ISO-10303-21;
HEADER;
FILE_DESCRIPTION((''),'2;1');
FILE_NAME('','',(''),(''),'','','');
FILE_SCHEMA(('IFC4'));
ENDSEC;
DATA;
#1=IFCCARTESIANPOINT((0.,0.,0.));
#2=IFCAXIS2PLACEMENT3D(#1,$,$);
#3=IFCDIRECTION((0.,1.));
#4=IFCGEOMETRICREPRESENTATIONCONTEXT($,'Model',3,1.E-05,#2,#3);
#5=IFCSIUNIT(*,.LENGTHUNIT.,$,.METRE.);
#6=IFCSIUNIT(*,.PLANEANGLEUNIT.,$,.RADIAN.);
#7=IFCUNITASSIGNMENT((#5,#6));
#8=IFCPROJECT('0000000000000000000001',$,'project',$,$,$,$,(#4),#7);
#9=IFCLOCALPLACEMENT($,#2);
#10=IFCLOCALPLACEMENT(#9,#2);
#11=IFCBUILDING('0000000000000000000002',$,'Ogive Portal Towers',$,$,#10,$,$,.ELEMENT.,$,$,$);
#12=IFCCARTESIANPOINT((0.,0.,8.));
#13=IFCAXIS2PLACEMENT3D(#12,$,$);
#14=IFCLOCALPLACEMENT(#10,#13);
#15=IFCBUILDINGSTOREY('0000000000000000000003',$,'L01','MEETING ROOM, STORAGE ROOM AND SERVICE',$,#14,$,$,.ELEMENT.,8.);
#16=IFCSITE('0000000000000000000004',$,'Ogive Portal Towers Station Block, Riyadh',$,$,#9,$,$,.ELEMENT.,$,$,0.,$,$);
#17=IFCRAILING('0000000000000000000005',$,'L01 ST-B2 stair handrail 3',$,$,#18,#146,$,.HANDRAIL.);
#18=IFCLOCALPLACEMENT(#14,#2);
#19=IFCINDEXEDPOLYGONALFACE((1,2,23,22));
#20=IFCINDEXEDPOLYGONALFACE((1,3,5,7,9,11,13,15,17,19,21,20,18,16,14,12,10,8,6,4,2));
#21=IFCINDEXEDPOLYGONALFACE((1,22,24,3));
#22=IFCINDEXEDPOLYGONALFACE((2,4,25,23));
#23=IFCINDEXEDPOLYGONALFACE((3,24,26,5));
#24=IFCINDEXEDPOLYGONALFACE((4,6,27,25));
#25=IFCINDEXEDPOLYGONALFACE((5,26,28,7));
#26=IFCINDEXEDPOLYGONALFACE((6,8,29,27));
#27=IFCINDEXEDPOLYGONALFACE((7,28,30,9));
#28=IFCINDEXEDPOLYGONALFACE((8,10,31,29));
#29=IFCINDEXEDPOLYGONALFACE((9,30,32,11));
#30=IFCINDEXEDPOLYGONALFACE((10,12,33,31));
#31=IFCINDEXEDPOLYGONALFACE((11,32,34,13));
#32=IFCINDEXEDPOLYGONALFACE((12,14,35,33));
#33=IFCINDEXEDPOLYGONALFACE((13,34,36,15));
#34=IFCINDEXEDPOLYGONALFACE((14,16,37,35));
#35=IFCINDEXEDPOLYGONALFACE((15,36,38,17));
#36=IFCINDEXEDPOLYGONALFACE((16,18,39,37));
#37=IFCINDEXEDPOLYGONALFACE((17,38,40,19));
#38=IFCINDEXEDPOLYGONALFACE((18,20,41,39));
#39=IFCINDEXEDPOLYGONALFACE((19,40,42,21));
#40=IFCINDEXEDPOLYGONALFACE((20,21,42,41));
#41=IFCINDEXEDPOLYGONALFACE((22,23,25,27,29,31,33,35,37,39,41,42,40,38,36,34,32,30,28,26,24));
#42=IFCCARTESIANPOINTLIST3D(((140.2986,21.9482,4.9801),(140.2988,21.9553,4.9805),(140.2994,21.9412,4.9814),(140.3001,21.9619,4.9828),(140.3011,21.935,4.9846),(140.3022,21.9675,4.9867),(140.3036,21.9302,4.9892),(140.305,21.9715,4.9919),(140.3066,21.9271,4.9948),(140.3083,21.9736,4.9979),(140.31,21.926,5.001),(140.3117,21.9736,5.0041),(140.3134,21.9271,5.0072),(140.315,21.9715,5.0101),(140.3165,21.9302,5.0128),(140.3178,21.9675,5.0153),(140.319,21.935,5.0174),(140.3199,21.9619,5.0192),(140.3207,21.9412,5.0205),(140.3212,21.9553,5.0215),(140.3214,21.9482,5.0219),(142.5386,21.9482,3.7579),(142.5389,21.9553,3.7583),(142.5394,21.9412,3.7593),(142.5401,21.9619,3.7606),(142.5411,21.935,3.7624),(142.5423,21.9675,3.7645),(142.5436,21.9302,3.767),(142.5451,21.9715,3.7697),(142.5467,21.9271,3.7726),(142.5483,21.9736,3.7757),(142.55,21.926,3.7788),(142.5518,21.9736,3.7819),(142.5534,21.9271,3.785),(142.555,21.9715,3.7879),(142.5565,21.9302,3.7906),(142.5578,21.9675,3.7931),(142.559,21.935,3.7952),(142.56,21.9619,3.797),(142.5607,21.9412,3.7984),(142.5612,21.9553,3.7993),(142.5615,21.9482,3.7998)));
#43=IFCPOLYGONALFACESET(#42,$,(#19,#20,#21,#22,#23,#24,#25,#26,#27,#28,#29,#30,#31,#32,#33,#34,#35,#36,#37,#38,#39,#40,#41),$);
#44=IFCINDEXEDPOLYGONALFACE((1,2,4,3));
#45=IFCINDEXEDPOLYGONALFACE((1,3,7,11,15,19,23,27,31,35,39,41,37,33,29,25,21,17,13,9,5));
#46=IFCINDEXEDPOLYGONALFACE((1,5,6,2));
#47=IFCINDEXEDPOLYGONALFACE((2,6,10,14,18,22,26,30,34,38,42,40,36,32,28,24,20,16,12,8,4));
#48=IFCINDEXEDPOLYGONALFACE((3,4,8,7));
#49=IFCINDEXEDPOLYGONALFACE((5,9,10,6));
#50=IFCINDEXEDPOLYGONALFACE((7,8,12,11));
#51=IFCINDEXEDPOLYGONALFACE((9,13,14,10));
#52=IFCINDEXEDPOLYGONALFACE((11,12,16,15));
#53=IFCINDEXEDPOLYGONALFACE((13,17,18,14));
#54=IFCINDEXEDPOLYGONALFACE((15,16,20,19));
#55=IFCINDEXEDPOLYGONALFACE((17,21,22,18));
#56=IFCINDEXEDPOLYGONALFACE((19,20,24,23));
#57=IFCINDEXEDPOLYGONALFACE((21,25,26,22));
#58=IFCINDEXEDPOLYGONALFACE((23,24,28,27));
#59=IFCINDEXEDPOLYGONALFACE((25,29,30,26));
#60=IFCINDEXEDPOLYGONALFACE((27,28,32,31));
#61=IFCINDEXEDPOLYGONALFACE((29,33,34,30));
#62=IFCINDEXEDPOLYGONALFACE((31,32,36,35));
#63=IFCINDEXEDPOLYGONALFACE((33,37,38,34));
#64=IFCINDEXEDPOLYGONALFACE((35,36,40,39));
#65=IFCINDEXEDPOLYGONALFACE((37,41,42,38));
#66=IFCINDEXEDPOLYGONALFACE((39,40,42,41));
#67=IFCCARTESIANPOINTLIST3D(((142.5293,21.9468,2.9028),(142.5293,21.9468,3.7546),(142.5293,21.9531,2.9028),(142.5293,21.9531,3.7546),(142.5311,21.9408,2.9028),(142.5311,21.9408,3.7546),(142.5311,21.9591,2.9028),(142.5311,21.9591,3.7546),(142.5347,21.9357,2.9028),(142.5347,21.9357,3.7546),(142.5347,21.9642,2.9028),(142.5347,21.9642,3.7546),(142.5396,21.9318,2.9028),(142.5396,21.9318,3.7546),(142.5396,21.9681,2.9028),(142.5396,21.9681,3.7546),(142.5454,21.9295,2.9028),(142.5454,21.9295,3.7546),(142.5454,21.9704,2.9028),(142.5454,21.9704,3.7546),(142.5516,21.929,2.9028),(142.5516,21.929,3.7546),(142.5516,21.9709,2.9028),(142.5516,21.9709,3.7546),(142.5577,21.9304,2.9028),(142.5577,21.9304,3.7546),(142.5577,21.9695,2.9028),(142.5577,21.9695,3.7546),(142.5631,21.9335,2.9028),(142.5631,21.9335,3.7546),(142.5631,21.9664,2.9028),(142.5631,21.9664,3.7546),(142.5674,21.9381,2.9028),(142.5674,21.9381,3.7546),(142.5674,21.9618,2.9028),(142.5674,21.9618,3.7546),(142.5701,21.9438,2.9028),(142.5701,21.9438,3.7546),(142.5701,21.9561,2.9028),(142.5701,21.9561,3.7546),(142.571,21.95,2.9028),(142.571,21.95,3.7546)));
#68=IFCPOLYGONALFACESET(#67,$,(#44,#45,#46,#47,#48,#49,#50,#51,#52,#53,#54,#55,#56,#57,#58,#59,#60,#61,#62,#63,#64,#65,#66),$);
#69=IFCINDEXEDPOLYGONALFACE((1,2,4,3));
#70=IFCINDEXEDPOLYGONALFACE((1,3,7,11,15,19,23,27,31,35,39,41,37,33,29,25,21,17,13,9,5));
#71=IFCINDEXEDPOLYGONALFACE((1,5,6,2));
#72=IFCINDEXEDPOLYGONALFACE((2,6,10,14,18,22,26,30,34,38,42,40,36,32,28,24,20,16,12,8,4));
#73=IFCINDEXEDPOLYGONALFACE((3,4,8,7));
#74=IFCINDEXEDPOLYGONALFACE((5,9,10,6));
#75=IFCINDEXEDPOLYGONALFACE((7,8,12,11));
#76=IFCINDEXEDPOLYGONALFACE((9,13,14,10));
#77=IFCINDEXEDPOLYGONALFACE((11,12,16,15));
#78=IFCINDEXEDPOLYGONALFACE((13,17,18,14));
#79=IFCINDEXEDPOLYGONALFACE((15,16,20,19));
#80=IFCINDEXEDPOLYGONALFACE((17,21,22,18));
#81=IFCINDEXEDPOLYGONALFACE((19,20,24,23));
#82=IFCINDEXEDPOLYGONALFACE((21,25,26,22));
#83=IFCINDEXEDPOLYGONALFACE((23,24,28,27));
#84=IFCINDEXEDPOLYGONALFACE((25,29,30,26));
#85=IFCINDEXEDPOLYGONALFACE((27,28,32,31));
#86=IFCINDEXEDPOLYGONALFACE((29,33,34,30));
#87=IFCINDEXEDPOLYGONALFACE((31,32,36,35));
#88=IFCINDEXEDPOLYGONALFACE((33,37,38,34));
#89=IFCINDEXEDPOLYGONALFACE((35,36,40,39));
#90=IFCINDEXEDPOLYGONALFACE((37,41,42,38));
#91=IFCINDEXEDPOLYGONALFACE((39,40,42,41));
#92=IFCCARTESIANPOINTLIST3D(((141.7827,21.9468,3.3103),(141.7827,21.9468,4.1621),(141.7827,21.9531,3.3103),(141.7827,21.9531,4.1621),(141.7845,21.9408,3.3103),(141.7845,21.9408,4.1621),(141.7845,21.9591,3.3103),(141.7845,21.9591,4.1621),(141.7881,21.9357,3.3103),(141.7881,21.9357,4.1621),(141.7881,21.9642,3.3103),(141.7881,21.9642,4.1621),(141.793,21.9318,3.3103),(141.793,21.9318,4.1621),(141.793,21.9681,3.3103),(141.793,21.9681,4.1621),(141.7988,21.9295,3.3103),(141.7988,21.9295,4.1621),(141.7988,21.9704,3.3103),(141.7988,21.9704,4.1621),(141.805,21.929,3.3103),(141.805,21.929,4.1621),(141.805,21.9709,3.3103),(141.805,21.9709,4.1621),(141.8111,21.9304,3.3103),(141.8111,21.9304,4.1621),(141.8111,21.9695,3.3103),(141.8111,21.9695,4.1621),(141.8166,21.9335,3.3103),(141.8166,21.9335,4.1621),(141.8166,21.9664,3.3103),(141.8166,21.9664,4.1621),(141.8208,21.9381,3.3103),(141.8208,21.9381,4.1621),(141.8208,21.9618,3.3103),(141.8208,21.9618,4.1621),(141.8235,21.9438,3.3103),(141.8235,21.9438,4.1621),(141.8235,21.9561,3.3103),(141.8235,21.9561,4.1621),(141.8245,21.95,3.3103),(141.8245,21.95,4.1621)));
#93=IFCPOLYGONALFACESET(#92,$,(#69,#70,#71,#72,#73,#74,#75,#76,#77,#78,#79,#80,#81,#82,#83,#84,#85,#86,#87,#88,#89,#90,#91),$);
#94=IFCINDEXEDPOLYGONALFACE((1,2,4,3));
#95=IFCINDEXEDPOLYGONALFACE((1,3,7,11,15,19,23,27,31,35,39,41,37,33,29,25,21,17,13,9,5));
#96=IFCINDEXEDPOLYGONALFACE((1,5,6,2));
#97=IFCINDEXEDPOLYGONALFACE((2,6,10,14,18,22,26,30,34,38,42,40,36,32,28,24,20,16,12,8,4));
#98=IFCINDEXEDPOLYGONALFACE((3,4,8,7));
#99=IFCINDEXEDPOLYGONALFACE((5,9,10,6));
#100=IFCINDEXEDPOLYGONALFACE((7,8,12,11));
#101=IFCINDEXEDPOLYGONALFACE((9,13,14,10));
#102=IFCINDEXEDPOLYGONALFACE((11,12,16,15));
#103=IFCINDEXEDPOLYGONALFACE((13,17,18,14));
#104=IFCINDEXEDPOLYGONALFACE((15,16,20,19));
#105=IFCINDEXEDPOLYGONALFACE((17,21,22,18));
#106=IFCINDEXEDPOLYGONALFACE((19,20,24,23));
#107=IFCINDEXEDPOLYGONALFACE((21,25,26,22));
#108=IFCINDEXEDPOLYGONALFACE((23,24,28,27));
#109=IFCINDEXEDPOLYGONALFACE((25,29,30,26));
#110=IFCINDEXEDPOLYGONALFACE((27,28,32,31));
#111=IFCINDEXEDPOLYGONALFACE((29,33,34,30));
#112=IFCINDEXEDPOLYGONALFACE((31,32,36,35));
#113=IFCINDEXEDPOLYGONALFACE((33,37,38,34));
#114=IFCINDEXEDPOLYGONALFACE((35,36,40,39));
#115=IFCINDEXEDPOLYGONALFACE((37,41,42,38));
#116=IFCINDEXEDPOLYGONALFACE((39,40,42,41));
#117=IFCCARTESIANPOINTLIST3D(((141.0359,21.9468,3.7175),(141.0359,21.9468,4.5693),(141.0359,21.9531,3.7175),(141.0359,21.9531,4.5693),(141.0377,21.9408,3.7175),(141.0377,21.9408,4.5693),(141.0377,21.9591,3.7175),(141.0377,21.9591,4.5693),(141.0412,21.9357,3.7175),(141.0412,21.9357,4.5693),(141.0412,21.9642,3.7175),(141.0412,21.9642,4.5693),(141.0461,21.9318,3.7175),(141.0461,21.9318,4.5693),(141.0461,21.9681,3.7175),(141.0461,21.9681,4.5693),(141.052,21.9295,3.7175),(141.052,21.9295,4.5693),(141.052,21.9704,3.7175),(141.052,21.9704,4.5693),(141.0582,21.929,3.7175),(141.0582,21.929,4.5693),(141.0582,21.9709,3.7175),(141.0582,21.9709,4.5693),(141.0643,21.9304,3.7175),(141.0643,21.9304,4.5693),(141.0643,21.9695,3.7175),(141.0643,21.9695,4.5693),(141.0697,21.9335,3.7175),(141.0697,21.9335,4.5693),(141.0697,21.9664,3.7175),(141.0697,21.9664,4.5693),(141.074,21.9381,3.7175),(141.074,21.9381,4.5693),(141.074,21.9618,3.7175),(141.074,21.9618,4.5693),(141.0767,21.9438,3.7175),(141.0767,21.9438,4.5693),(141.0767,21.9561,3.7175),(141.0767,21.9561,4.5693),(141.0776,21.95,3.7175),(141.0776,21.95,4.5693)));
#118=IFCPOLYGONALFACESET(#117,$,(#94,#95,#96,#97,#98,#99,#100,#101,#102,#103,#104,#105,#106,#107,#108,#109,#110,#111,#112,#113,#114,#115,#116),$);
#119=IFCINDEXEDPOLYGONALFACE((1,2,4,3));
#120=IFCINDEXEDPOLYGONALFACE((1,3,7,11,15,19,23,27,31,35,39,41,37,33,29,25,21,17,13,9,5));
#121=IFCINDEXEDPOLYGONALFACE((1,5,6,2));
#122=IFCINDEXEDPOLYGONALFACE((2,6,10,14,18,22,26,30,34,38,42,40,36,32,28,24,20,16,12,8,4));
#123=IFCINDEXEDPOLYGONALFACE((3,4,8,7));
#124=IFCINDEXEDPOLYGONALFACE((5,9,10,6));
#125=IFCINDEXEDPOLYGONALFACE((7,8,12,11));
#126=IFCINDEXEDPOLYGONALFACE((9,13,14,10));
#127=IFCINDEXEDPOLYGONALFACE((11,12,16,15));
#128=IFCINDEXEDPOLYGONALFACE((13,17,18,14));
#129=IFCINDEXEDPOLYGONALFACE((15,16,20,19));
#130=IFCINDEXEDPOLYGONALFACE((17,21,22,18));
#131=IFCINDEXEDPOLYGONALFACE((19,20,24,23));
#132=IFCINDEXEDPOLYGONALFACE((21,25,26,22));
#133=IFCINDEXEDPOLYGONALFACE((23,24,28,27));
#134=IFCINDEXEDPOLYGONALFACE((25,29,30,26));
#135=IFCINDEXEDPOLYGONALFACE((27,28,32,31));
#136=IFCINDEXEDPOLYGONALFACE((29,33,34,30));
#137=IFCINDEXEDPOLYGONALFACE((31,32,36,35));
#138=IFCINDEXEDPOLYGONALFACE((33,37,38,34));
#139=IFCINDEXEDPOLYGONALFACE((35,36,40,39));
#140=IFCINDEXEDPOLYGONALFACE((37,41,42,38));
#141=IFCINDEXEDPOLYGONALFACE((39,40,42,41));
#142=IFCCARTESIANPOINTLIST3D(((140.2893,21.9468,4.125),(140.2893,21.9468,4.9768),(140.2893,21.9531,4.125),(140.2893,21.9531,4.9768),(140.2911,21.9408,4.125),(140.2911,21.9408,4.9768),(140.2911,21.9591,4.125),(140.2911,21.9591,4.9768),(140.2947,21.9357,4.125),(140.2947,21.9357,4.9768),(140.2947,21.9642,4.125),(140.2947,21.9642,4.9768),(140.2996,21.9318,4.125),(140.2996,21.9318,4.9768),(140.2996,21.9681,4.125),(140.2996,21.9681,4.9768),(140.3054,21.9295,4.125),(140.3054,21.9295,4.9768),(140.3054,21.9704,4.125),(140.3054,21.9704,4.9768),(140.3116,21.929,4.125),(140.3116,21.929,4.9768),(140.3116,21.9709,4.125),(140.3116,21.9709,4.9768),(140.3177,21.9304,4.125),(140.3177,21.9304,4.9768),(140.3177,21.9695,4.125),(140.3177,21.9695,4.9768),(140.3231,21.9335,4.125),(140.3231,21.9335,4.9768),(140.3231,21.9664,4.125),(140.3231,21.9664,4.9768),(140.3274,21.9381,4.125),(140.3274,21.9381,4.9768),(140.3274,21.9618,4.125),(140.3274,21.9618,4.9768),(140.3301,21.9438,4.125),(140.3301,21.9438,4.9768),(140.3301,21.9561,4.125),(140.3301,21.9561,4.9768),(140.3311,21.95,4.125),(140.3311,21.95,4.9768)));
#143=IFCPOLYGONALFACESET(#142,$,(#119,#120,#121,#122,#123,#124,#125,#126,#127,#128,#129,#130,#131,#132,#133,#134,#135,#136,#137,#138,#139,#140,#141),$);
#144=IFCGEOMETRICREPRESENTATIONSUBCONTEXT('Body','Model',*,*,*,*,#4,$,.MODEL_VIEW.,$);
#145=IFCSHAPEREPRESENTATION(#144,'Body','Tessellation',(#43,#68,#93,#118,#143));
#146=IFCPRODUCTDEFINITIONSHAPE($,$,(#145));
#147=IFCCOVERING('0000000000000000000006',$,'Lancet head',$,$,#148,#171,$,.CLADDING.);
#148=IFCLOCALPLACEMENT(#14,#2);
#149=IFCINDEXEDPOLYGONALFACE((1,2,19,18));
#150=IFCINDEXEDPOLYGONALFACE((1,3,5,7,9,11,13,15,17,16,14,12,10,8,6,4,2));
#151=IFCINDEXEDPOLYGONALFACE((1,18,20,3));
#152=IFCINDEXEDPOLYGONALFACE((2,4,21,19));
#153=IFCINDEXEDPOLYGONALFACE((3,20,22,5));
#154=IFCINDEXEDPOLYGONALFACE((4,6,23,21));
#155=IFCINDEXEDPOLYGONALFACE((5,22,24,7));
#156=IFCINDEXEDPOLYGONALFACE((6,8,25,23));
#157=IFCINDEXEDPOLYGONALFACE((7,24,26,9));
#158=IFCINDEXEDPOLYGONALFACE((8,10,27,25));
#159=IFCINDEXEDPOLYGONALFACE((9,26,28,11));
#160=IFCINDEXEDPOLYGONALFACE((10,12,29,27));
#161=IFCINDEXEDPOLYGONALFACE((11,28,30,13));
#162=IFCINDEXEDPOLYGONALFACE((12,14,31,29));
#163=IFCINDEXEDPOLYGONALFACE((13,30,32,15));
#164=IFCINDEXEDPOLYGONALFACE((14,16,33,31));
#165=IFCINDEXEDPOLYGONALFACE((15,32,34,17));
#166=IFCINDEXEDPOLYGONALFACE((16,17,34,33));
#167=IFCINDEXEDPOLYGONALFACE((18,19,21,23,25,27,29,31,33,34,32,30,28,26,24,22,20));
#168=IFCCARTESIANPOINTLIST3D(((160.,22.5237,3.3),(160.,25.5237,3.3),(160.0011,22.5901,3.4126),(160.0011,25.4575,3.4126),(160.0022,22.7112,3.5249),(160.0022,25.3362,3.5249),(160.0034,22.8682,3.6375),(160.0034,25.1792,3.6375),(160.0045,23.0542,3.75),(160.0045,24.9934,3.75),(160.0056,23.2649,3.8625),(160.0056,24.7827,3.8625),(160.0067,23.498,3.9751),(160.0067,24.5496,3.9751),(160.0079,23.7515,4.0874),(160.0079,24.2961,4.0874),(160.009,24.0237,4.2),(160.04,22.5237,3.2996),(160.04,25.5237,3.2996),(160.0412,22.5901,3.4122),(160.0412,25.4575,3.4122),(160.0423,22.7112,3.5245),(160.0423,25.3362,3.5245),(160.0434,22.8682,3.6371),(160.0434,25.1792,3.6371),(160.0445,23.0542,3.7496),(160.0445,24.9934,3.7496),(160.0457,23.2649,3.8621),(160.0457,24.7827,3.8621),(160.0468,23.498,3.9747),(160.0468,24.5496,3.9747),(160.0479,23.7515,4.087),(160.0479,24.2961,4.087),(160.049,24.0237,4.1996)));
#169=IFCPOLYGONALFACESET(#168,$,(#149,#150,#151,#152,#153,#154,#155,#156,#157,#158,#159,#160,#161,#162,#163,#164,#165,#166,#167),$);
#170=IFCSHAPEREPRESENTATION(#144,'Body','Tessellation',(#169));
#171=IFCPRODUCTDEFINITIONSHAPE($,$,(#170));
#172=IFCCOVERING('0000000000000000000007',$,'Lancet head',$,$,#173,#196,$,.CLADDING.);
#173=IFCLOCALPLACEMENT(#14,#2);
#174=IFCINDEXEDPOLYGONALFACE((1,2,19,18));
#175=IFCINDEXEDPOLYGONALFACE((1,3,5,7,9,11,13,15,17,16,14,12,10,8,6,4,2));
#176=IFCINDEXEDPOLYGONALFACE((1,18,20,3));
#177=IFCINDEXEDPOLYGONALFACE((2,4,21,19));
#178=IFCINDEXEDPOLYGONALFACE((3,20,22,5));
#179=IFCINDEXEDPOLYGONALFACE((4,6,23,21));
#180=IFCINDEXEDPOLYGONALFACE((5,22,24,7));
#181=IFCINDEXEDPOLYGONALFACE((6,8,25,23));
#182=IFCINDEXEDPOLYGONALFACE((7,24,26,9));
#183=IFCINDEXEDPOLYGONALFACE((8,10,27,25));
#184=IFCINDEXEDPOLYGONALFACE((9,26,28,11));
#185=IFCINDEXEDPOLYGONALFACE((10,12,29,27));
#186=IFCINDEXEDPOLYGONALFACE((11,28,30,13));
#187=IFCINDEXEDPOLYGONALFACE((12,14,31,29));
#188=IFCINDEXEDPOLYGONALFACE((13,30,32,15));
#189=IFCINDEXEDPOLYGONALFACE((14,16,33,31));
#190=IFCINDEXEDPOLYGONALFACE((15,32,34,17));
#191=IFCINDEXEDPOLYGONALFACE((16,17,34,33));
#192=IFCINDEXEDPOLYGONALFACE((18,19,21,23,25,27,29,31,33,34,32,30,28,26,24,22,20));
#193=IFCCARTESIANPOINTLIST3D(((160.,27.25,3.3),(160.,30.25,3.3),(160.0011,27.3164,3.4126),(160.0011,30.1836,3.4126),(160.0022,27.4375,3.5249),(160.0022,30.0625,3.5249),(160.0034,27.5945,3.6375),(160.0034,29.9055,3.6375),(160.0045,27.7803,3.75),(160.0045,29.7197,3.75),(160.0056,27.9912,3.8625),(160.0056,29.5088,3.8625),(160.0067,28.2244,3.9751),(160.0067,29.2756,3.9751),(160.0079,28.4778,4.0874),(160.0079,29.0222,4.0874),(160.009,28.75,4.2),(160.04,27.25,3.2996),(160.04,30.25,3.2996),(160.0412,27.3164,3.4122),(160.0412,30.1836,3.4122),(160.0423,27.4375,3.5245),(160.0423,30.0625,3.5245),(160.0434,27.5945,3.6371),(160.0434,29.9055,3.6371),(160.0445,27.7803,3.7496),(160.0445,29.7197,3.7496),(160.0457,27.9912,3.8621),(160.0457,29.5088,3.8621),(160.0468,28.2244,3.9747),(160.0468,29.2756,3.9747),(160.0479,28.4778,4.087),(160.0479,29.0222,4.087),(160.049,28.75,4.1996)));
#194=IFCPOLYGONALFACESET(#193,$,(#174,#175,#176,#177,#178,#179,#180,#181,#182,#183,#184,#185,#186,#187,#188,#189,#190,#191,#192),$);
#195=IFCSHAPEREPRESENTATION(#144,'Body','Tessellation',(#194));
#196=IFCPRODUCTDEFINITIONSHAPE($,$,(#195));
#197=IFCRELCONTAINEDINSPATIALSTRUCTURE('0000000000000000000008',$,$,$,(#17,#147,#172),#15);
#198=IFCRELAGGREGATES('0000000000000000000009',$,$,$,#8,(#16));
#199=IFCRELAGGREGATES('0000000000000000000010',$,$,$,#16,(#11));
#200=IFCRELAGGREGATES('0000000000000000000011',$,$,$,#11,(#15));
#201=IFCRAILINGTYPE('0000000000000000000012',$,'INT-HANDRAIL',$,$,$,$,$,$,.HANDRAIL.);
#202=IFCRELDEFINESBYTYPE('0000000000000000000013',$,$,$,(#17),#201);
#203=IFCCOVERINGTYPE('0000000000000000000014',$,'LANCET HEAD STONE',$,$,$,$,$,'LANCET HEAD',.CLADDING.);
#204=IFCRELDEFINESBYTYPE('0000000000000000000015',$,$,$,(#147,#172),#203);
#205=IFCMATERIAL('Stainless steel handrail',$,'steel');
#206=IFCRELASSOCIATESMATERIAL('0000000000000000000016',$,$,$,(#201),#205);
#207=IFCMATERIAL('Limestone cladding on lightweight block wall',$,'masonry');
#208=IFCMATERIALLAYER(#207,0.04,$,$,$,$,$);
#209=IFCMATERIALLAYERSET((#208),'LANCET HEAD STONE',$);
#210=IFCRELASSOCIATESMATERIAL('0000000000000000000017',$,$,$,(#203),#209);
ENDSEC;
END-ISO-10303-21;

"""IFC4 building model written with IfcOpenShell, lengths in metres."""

from ifc_helpers import new_model, si_unit, direction, frame, origin, origin_2d, place, context, subcontext, project, spatial, polyline, circle, outline, extrude, material, layer, layer_set, type_object, element, save


model = new_model("IFC4")

# Units and contexts
model_context = context("Model", 3, precision=1e-05, world=origin(), true_north=direction((0.0, 1.0)))
body_context = subcontext(model_context, "Body", "Model", "MODEL_VIEW")
ifc_project = project(units=[si_unit("LENGTHUNIT", "METRE"), si_unit("PLANEANGLEUNIT", "RADIAN")], contexts=[model_context])

# Site, building, storey
site_placement = place(None, origin())
site = spatial("IfcSite", under=ifc_project, at=site_placement, Name="Ogive Portal Towers Station Block, Riyadh", CompositionType="ELEMENT", RefElevation=0.0)
building_placement = place(site_placement, origin())
building = spatial("IfcBuilding", under=site, at=building_placement, Name="Ogive Portal Towers", CompositionType="ELEMENT")
storey_placement = place(building_placement, frame((0.0, 0.0, 8.0)))
storey = spatial("IfcBuildingStorey", under=building, at=storey_placement, Name="L01", Description="MEETING ROOM, STORAGE ROOM AND SERVICE", CompositionType="ELEMENT", Elevation=8.0)

# Railing
ifc_material_1 = material(Name="Stainless steel handrail", Category="steel")
railing_type_1 = type_object("IfcRailingType", Name="INT-HANDRAIL", PredefinedType="HANDRAIL", material=ifc_material_1)
for number, where, name in (
    (1, (142.55, 21.95, 2.9028), "L01 ST-B2 stair handrail 3"),
):
    element("IfcRailing", number, at=place(storey_placement, frame(where)), inside=storey, type_object=railing_type_1, Name=name, PredefinedType="HANDRAIL", context=body_context, shape_type="SweptSolid", body=[
        extrude(circle(Radius=0.0239, at=origin_2d()), frame((0.0, 0.0, 0.876), z_axis=(-0.877837, 0.0, 0.478959), x_axis=(0.0, -1.0, 0.0)), (0.0, 0.0, 1.0), 2.5518),
        extrude(circle(Radius=0.021, at=origin_2d()), origin(), (0.0, 0.0, 1.0), 0.8518),
        extrude(circle(Radius=0.021, at=origin_2d()), frame((-0.7466, 0.0, 0.4075)), (0.0, 0.0, 1.0), 0.8518),
        extrude(circle(Radius=0.021, at=origin_2d()), frame((-1.4934, 0.0, 0.8147)), (0.0, 0.0, 1.0), 0.8518),
        extrude(circle(Radius=0.021, at=origin_2d()), frame((-2.24, 0.0, 1.2222)), (0.0, 0.0, 1.0), 0.8518),
    ])

# Coverings
ifc_material_2 = material(Name="Limestone cladding on lightweight block wall", Category="masonry")
ifc_layer_1 = layer(ifc_material_2, 0.04)
ifc_layer_set_1 = layer_set([ifc_layer_1], Name="LANCET HEAD STONE")
covering_type_1 = type_object("IfcCoveringType", Name="LANCET HEAD STONE", ElementType="LANCET HEAD", PredefinedType="CLADDING", material=ifc_layer_set_1)
covering_1_placement = place(storey_placement, frame((160.0, 22.5237, 3.3), z_axis=(-0.99995, 0.0, 0.009994), x_axis=(0.0, 1.0, 0.0)))
element("IfcCovering", 2, at=covering_1_placement, inside=storey, type_object=covering_type_1, Name="Lancet head", PredefinedType="CLADDING", context=body_context, shape_type="SweptSolid", body=[
    extrude(outline(polyline([(0.0, 0.0), (3.0, 0.0), (2.9338, -0.1126), (2.8125, -0.2249), (2.6555, -0.3374), (2.4697, -0.45), (2.259, -0.5625), (2.0259, -0.6751), (1.7725, -0.7874), (1.5, -0.8999), (1.2278, -0.7874), (0.9744, -0.6751), (0.7412, -0.5625), (0.5305, -0.45), (0.3445, -0.3374), (0.1875, -0.2249), (0.0664, -0.1126), (0.0, 0.0)])), origin(), (0.0, 0.0, -1.0), 0.04),
])
covering_2_placement = place(storey_placement, frame((160.0, 27.25, 3.3), z_axis=(-0.99995, 0.0, 0.009994), x_axis=(0.0, 1.0, 0.0)))
element("IfcCovering", 3, at=covering_2_placement, inside=storey, type_object=covering_type_1, Name="Lancet head", PredefinedType="CLADDING", context=body_context, shape_type="SweptSolid", body=[
    extrude(outline(polyline([(0.0, 0.0), (3.0, 0.0), (2.9336, -0.1126), (2.8125, -0.2249), (2.6555, -0.3374), (2.4697, -0.45), (2.2588, -0.5625), (2.0256, -0.6751), (1.7722, -0.7874), (1.5, -0.8999), (1.2278, -0.7874), (0.9744, -0.6751), (0.7412, -0.5625), (0.5303, -0.45), (0.3445, -0.3374), (0.1875, -0.2249), (0.0664, -0.1126), (0.0, 0.0)])), origin(), (0.0, 0.0, -1.0), 0.04),
])

save(model, "model.ifc")
